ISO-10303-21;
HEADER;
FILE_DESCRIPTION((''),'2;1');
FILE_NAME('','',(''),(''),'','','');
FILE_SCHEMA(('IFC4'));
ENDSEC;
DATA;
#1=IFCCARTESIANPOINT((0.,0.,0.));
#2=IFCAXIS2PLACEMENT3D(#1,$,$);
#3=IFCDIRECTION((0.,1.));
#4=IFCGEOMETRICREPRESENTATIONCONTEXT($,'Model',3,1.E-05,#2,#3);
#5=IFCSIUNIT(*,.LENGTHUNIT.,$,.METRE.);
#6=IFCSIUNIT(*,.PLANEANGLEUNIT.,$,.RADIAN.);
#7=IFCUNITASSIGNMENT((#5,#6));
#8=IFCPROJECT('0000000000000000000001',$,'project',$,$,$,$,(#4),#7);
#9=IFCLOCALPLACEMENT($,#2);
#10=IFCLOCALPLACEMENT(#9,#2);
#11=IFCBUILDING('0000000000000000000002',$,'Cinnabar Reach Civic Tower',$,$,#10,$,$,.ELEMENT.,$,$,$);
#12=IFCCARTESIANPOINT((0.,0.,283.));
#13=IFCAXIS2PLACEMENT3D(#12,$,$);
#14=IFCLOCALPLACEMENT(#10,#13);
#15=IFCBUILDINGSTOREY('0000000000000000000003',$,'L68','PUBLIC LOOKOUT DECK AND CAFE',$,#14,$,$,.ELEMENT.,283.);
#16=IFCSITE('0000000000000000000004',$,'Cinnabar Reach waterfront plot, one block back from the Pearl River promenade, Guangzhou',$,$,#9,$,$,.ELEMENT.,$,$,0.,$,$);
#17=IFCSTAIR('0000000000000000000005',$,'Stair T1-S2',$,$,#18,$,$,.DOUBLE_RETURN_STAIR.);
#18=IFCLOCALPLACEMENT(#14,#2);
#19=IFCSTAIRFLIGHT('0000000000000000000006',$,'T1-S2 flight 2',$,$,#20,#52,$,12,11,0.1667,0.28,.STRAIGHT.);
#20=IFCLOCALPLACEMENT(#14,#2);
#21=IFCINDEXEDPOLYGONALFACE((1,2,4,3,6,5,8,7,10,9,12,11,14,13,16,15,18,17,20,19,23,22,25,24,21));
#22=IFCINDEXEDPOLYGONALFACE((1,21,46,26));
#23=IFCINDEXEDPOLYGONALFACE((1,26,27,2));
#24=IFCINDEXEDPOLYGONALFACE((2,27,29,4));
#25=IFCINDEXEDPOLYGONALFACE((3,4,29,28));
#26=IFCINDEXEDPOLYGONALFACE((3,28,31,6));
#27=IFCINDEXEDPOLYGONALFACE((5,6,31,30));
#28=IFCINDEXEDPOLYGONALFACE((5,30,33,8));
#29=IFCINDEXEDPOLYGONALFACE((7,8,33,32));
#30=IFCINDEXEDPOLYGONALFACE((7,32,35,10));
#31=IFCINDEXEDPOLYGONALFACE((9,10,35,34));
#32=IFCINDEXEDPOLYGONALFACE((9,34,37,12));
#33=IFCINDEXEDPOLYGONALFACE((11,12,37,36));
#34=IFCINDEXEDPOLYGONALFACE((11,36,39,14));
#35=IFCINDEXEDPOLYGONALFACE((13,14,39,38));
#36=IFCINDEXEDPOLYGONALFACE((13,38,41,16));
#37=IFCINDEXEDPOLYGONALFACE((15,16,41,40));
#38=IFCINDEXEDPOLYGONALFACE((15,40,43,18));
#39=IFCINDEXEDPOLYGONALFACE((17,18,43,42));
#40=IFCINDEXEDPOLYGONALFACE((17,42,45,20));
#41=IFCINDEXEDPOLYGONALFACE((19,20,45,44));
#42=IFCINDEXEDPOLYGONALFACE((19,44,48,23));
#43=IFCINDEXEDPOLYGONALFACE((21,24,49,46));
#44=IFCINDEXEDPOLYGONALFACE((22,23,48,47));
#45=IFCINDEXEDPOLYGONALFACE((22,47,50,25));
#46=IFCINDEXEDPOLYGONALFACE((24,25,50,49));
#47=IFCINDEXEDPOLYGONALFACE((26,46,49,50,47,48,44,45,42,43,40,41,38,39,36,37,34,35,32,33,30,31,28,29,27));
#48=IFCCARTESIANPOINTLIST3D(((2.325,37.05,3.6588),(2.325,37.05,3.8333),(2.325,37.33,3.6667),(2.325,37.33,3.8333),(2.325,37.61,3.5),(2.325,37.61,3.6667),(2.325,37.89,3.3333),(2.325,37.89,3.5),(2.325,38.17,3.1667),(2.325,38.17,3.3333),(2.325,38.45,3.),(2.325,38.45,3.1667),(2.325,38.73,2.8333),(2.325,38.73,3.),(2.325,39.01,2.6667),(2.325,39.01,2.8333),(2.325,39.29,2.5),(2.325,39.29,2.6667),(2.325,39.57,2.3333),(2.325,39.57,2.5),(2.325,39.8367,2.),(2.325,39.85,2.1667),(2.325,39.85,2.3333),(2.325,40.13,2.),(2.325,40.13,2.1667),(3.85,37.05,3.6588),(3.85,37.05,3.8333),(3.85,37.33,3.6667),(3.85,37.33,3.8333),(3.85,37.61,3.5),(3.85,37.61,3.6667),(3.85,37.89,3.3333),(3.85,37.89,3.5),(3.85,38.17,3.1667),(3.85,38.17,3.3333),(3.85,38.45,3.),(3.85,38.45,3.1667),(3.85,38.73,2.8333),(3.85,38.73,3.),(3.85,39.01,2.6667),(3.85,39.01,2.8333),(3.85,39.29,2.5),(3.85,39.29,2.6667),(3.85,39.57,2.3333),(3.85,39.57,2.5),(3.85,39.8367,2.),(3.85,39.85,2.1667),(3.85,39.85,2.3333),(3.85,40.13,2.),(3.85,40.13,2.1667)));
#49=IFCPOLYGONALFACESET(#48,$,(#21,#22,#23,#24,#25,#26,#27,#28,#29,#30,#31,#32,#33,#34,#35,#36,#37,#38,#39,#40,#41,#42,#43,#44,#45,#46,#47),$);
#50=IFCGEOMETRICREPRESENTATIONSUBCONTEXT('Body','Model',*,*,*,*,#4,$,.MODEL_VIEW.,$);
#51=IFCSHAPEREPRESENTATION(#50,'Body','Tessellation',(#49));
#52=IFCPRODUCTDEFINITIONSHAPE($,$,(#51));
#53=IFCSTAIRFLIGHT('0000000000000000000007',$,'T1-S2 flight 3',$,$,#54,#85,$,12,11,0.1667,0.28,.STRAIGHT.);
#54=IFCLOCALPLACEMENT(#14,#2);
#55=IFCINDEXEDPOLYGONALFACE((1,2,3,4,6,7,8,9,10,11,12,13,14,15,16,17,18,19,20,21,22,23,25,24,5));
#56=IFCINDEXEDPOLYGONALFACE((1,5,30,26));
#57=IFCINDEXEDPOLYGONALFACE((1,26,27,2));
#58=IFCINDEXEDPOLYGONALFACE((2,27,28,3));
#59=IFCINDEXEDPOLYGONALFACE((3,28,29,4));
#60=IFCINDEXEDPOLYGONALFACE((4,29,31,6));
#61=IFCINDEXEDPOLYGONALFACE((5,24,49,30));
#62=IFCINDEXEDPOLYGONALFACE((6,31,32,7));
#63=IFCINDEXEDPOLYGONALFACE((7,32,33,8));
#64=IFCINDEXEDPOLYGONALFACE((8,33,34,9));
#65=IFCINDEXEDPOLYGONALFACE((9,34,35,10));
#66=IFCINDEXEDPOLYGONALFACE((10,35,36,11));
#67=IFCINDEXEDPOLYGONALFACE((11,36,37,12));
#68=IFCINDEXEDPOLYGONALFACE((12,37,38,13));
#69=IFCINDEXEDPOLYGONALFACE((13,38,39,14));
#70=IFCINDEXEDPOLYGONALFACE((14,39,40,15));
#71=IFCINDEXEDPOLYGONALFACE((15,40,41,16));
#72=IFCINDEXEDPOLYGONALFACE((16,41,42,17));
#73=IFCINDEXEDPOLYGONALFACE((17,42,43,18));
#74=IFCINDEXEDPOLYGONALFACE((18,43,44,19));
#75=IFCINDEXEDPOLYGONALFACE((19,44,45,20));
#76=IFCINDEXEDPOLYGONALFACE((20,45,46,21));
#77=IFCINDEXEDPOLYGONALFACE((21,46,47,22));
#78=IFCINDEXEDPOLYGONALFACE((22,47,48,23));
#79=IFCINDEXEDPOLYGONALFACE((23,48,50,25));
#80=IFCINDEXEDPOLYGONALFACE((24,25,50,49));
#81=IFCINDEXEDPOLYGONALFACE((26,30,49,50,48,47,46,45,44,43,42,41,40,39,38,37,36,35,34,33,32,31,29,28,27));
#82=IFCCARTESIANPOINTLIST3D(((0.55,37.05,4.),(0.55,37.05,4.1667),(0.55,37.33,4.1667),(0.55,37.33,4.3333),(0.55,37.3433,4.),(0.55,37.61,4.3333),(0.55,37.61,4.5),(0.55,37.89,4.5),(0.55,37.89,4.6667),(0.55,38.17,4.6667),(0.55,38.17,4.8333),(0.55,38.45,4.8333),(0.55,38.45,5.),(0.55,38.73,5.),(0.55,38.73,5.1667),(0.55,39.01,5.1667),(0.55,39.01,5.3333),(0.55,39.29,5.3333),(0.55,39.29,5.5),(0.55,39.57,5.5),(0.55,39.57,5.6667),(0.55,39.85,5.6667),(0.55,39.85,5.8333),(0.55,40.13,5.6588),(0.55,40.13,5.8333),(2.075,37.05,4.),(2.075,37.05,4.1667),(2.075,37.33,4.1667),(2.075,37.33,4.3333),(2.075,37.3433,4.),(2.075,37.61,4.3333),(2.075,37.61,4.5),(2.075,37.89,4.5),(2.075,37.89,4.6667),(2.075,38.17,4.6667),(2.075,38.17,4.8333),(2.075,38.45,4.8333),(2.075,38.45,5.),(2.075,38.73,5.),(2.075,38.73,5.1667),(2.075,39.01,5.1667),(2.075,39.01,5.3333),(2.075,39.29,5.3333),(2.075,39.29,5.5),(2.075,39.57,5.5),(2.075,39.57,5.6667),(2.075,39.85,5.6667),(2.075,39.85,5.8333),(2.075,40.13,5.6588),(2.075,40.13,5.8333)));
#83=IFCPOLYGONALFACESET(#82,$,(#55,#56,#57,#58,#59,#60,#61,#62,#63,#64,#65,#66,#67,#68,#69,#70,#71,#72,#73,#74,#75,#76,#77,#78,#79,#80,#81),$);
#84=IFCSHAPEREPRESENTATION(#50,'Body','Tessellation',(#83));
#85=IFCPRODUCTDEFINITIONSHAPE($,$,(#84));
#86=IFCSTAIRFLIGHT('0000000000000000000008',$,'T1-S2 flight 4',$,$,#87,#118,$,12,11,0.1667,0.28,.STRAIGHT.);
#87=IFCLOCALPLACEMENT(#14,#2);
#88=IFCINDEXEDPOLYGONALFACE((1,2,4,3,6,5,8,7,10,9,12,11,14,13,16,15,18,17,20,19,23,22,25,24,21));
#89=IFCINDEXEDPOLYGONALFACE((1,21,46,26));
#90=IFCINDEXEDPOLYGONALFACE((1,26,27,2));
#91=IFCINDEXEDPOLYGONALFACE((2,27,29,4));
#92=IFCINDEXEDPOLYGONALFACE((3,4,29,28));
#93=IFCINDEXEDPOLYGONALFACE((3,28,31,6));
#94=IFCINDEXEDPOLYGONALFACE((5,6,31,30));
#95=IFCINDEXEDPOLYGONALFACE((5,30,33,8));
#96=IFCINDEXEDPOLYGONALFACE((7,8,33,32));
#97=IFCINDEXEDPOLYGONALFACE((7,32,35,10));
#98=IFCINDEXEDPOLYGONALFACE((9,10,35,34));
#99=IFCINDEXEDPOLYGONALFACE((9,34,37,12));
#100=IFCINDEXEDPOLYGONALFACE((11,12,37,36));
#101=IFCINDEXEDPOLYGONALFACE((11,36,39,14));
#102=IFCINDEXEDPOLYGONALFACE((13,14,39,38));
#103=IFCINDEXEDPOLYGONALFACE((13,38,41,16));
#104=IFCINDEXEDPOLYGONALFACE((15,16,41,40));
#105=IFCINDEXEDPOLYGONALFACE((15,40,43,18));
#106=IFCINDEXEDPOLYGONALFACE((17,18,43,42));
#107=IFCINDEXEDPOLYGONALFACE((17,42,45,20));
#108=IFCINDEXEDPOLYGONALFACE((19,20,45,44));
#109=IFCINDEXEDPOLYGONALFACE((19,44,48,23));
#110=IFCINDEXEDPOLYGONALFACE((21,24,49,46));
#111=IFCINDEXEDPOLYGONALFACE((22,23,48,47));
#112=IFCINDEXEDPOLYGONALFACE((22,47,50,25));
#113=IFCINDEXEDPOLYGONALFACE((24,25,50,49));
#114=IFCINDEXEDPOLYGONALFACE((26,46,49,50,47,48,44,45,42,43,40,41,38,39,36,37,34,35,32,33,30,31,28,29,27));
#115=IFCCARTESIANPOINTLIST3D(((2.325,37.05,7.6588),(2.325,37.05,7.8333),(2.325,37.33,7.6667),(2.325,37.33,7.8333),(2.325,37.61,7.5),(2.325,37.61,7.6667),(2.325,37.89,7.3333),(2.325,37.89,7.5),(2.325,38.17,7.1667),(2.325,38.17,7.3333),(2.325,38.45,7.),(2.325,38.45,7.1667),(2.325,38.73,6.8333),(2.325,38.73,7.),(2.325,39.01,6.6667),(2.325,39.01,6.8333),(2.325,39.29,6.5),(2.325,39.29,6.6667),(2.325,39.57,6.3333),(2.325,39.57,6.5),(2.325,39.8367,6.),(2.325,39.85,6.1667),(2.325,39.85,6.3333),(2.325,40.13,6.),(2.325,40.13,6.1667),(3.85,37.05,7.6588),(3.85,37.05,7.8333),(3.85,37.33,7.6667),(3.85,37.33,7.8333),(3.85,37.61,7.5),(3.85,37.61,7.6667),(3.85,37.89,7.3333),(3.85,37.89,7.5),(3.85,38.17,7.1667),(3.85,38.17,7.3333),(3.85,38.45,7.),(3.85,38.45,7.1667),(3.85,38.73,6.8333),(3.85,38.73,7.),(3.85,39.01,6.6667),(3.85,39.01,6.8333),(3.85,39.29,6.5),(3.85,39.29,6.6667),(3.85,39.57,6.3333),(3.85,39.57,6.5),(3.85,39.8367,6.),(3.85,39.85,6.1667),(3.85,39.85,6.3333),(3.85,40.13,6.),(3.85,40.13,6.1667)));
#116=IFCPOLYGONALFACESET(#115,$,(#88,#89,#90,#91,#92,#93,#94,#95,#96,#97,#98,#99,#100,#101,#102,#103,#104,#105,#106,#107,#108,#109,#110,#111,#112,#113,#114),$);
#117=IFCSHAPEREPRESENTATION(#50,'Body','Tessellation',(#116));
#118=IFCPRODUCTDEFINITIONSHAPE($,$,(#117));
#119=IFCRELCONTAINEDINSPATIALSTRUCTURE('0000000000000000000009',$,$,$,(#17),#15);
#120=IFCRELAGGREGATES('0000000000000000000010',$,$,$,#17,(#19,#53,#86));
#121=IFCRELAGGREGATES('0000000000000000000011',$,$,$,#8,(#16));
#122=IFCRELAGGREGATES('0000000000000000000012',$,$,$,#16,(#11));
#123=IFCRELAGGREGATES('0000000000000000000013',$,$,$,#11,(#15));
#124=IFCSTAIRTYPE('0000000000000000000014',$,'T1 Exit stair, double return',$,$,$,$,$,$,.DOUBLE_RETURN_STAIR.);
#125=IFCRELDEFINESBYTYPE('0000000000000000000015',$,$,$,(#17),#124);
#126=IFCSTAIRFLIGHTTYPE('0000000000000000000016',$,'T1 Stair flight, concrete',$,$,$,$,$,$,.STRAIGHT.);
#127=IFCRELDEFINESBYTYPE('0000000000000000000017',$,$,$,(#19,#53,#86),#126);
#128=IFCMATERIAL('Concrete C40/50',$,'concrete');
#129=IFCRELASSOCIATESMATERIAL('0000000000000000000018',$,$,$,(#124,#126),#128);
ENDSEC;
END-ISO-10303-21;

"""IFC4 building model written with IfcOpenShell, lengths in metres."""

from ifc_helpers import new_model, si_unit, direction, frame, origin, place, context, subcontext, project, spatial, polyline, outline, extrude, material, type_object, element, aggregate, save


model = new_model("IFC4")

# Units and contexts
model_context = context("Model", 3, precision=1e-05, world=origin(), true_north=direction((0.0, 1.0)))
body_context = subcontext(model_context, "Body", "Model", "MODEL_VIEW")
ifc_project = project(units=[si_unit("LENGTHUNIT", "METRE"), si_unit("PLANEANGLEUNIT", "RADIAN")], contexts=[model_context])

# Site, building, storey
site_placement = place(None, origin())
site = spatial("IfcSite", under=ifc_project, at=site_placement, Name="Cinnabar Reach waterfront plot, one block back from the Pearl River promenade, Guangzhou", CompositionType="ELEMENT", RefElevation=0.0)
building_placement = place(site_placement, origin())
building = spatial("IfcBuilding", under=site, at=building_placement, Name="Cinnabar Reach Civic Tower", CompositionType="ELEMENT")
storey_placement = place(building_placement, frame((0.0, 0.0, 283.0)))
storey = spatial("IfcBuildingStorey", under=building, at=storey_placement, Name="L68", Description="PUBLIC LOOKOUT DECK AND CAFE", CompositionType="ELEMENT", Elevation=283.0)

# Shared definitions
ifc_material_1 = material(Name="Concrete C40/50", Category="concrete")

# Stair, stair flights
stair_type = type_object("IfcStairType", Name="T1 Exit stair, double return", PredefinedType="DOUBLE_RETURN_STAIR", material=ifc_material_1)
stair_placement = place(storey_placement, origin())
stair = element("IfcStair", 1, at=stair_placement, inside=storey, type_object=stair_type, Name="Stair T1-S2", PredefinedType="DOUBLE_RETURN_STAIR")
stair_flight_type = type_object("IfcStairFlightType", Name="T1 Stair flight, concrete", PredefinedType="STRAIGHT", material=ifc_material_1)
stair_flight_1_placement = place(storey_placement, frame((3.0875, 40.13, 2.0), z_axis=(0.0, 0.0, 1.0), x_axis=(0.0, -1.0, 0.0)))
stair_flight_1 = element("IfcStairFlight", 2, at=stair_flight_1_placement, type_object=stair_flight_type, Name="T1-S2 flight 2", NumberOfRisers=12, NumberOfTreads=11, PredefinedType="STRAIGHT", RiserHeight=0.1667, TreadLength=0.28, context=body_context, shape_type="SweptSolid", body=[
    extrude(outline(polyline([(0.0, 0.0), (0.0, 0.1667), (0.28, 0.1667), (0.28, 0.3333), (0.56, 0.3333), (0.56, 0.5), (0.84, 0.5), (0.84, 0.6667), (1.12, 0.6667), (1.12, 0.8333), (1.4, 0.8333), (1.4, 1.0), (1.68, 1.0), (1.68, 1.1667), (1.96, 1.1667), (1.96, 1.3333), (2.24, 1.3333), (2.24, 1.5), (2.52, 1.5), (2.52, 1.6667), (2.8, 1.6667), (2.8, 1.8333), (3.08, 1.8333), (3.08, 2.0), (3.08, 1.6588), (0.2933, 0.0), (0.0, 0.0)])), frame((0.0, 0.7625, 0.0), z_axis=(0.0, -1.0, 0.0), x_axis=(1.0, 0.0, 0.0)), (0.0, 0.0, 1.0), 1.525),
])
stair_flight_2_placement = place(storey_placement, frame((1.3125, 37.05, 4.0), z_axis=(0.0, 0.0, 1.0), x_axis=(0.0, 1.0, 0.0)))
stair_flight_2 = element("IfcStairFlight", 3, at=stair_flight_2_placement, type_object=stair_flight_type, Name="T1-S2 flight 3", NumberOfRisers=12, NumberOfTreads=11, PredefinedType="STRAIGHT", RiserHeight=0.1667, TreadLength=0.28, context=body_context, shape_type="SweptSolid", body=[
    extrude(outline(polyline([(0.0, 0.0), (0.0, 0.1667), (0.28, 0.1667), (0.28, 0.3333), (0.56, 0.3333), (0.56, 0.5), (0.84, 0.5), (0.84, 0.6667), (1.12, 0.6667), (1.12, 0.8333), (1.4, 0.8333), (1.4, 1.0), (1.68, 1.0), (1.68, 1.1667), (1.96, 1.1667), (1.96, 1.3333), (2.24, 1.3333), (2.24, 1.5), (2.52, 1.5), (2.52, 1.6667), (2.8, 1.6667), (2.8, 1.8333), (3.08, 1.8333), (3.08, 2.0), (3.08, 1.6588), (0.2933, 0.0), (0.0, 0.0)])), frame((0.0, 0.7625, 0.0), z_axis=(0.0, -1.0, 0.0), x_axis=(1.0, 0.0, 0.0)), (0.0, 0.0, 1.0), 1.525),
])
stair_flight_3_placement = place(storey_placement, frame((3.0875, 40.13, 6.0), z_axis=(0.0, 0.0, 1.0), x_axis=(0.0, -1.0, 0.0)))
stair_flight_3 = element("IfcStairFlight", 4, at=stair_flight_3_placement, type_object=stair_flight_type, Name="T1-S2 flight 4", NumberOfRisers=12, NumberOfTreads=11, PredefinedType="STRAIGHT", RiserHeight=0.1667, TreadLength=0.28, context=body_context, shape_type="SweptSolid", body=[
    extrude(outline(polyline([(0.0, 0.0), (0.0, 0.1667), (0.28, 0.1667), (0.28, 0.3333), (0.56, 0.3333), (0.56, 0.5), (0.84, 0.5), (0.84, 0.6667), (1.12, 0.6667), (1.12, 0.8333), (1.4, 0.8333), (1.4, 1.0), (1.68, 1.0), (1.68, 1.1667), (1.96, 1.1667), (1.96, 1.3333), (2.24, 1.3333), (2.24, 1.5), (2.52, 1.5), (2.52, 1.6667), (2.8, 1.6667), (2.8, 1.8333), (3.08, 1.8333), (3.08, 2.0), (3.08, 1.6588), (0.2933, 0.0), (0.0, 0.0)])), frame((0.0, 0.7625, 0.0), z_axis=(0.0, -1.0, 0.0), x_axis=(1.0, 0.0, 0.0)), (0.0, 0.0, 1.0), 1.525),
])
aggregate(stair, [stair_flight_1, stair_flight_2, stair_flight_3])

save(model, "model.ifc")
